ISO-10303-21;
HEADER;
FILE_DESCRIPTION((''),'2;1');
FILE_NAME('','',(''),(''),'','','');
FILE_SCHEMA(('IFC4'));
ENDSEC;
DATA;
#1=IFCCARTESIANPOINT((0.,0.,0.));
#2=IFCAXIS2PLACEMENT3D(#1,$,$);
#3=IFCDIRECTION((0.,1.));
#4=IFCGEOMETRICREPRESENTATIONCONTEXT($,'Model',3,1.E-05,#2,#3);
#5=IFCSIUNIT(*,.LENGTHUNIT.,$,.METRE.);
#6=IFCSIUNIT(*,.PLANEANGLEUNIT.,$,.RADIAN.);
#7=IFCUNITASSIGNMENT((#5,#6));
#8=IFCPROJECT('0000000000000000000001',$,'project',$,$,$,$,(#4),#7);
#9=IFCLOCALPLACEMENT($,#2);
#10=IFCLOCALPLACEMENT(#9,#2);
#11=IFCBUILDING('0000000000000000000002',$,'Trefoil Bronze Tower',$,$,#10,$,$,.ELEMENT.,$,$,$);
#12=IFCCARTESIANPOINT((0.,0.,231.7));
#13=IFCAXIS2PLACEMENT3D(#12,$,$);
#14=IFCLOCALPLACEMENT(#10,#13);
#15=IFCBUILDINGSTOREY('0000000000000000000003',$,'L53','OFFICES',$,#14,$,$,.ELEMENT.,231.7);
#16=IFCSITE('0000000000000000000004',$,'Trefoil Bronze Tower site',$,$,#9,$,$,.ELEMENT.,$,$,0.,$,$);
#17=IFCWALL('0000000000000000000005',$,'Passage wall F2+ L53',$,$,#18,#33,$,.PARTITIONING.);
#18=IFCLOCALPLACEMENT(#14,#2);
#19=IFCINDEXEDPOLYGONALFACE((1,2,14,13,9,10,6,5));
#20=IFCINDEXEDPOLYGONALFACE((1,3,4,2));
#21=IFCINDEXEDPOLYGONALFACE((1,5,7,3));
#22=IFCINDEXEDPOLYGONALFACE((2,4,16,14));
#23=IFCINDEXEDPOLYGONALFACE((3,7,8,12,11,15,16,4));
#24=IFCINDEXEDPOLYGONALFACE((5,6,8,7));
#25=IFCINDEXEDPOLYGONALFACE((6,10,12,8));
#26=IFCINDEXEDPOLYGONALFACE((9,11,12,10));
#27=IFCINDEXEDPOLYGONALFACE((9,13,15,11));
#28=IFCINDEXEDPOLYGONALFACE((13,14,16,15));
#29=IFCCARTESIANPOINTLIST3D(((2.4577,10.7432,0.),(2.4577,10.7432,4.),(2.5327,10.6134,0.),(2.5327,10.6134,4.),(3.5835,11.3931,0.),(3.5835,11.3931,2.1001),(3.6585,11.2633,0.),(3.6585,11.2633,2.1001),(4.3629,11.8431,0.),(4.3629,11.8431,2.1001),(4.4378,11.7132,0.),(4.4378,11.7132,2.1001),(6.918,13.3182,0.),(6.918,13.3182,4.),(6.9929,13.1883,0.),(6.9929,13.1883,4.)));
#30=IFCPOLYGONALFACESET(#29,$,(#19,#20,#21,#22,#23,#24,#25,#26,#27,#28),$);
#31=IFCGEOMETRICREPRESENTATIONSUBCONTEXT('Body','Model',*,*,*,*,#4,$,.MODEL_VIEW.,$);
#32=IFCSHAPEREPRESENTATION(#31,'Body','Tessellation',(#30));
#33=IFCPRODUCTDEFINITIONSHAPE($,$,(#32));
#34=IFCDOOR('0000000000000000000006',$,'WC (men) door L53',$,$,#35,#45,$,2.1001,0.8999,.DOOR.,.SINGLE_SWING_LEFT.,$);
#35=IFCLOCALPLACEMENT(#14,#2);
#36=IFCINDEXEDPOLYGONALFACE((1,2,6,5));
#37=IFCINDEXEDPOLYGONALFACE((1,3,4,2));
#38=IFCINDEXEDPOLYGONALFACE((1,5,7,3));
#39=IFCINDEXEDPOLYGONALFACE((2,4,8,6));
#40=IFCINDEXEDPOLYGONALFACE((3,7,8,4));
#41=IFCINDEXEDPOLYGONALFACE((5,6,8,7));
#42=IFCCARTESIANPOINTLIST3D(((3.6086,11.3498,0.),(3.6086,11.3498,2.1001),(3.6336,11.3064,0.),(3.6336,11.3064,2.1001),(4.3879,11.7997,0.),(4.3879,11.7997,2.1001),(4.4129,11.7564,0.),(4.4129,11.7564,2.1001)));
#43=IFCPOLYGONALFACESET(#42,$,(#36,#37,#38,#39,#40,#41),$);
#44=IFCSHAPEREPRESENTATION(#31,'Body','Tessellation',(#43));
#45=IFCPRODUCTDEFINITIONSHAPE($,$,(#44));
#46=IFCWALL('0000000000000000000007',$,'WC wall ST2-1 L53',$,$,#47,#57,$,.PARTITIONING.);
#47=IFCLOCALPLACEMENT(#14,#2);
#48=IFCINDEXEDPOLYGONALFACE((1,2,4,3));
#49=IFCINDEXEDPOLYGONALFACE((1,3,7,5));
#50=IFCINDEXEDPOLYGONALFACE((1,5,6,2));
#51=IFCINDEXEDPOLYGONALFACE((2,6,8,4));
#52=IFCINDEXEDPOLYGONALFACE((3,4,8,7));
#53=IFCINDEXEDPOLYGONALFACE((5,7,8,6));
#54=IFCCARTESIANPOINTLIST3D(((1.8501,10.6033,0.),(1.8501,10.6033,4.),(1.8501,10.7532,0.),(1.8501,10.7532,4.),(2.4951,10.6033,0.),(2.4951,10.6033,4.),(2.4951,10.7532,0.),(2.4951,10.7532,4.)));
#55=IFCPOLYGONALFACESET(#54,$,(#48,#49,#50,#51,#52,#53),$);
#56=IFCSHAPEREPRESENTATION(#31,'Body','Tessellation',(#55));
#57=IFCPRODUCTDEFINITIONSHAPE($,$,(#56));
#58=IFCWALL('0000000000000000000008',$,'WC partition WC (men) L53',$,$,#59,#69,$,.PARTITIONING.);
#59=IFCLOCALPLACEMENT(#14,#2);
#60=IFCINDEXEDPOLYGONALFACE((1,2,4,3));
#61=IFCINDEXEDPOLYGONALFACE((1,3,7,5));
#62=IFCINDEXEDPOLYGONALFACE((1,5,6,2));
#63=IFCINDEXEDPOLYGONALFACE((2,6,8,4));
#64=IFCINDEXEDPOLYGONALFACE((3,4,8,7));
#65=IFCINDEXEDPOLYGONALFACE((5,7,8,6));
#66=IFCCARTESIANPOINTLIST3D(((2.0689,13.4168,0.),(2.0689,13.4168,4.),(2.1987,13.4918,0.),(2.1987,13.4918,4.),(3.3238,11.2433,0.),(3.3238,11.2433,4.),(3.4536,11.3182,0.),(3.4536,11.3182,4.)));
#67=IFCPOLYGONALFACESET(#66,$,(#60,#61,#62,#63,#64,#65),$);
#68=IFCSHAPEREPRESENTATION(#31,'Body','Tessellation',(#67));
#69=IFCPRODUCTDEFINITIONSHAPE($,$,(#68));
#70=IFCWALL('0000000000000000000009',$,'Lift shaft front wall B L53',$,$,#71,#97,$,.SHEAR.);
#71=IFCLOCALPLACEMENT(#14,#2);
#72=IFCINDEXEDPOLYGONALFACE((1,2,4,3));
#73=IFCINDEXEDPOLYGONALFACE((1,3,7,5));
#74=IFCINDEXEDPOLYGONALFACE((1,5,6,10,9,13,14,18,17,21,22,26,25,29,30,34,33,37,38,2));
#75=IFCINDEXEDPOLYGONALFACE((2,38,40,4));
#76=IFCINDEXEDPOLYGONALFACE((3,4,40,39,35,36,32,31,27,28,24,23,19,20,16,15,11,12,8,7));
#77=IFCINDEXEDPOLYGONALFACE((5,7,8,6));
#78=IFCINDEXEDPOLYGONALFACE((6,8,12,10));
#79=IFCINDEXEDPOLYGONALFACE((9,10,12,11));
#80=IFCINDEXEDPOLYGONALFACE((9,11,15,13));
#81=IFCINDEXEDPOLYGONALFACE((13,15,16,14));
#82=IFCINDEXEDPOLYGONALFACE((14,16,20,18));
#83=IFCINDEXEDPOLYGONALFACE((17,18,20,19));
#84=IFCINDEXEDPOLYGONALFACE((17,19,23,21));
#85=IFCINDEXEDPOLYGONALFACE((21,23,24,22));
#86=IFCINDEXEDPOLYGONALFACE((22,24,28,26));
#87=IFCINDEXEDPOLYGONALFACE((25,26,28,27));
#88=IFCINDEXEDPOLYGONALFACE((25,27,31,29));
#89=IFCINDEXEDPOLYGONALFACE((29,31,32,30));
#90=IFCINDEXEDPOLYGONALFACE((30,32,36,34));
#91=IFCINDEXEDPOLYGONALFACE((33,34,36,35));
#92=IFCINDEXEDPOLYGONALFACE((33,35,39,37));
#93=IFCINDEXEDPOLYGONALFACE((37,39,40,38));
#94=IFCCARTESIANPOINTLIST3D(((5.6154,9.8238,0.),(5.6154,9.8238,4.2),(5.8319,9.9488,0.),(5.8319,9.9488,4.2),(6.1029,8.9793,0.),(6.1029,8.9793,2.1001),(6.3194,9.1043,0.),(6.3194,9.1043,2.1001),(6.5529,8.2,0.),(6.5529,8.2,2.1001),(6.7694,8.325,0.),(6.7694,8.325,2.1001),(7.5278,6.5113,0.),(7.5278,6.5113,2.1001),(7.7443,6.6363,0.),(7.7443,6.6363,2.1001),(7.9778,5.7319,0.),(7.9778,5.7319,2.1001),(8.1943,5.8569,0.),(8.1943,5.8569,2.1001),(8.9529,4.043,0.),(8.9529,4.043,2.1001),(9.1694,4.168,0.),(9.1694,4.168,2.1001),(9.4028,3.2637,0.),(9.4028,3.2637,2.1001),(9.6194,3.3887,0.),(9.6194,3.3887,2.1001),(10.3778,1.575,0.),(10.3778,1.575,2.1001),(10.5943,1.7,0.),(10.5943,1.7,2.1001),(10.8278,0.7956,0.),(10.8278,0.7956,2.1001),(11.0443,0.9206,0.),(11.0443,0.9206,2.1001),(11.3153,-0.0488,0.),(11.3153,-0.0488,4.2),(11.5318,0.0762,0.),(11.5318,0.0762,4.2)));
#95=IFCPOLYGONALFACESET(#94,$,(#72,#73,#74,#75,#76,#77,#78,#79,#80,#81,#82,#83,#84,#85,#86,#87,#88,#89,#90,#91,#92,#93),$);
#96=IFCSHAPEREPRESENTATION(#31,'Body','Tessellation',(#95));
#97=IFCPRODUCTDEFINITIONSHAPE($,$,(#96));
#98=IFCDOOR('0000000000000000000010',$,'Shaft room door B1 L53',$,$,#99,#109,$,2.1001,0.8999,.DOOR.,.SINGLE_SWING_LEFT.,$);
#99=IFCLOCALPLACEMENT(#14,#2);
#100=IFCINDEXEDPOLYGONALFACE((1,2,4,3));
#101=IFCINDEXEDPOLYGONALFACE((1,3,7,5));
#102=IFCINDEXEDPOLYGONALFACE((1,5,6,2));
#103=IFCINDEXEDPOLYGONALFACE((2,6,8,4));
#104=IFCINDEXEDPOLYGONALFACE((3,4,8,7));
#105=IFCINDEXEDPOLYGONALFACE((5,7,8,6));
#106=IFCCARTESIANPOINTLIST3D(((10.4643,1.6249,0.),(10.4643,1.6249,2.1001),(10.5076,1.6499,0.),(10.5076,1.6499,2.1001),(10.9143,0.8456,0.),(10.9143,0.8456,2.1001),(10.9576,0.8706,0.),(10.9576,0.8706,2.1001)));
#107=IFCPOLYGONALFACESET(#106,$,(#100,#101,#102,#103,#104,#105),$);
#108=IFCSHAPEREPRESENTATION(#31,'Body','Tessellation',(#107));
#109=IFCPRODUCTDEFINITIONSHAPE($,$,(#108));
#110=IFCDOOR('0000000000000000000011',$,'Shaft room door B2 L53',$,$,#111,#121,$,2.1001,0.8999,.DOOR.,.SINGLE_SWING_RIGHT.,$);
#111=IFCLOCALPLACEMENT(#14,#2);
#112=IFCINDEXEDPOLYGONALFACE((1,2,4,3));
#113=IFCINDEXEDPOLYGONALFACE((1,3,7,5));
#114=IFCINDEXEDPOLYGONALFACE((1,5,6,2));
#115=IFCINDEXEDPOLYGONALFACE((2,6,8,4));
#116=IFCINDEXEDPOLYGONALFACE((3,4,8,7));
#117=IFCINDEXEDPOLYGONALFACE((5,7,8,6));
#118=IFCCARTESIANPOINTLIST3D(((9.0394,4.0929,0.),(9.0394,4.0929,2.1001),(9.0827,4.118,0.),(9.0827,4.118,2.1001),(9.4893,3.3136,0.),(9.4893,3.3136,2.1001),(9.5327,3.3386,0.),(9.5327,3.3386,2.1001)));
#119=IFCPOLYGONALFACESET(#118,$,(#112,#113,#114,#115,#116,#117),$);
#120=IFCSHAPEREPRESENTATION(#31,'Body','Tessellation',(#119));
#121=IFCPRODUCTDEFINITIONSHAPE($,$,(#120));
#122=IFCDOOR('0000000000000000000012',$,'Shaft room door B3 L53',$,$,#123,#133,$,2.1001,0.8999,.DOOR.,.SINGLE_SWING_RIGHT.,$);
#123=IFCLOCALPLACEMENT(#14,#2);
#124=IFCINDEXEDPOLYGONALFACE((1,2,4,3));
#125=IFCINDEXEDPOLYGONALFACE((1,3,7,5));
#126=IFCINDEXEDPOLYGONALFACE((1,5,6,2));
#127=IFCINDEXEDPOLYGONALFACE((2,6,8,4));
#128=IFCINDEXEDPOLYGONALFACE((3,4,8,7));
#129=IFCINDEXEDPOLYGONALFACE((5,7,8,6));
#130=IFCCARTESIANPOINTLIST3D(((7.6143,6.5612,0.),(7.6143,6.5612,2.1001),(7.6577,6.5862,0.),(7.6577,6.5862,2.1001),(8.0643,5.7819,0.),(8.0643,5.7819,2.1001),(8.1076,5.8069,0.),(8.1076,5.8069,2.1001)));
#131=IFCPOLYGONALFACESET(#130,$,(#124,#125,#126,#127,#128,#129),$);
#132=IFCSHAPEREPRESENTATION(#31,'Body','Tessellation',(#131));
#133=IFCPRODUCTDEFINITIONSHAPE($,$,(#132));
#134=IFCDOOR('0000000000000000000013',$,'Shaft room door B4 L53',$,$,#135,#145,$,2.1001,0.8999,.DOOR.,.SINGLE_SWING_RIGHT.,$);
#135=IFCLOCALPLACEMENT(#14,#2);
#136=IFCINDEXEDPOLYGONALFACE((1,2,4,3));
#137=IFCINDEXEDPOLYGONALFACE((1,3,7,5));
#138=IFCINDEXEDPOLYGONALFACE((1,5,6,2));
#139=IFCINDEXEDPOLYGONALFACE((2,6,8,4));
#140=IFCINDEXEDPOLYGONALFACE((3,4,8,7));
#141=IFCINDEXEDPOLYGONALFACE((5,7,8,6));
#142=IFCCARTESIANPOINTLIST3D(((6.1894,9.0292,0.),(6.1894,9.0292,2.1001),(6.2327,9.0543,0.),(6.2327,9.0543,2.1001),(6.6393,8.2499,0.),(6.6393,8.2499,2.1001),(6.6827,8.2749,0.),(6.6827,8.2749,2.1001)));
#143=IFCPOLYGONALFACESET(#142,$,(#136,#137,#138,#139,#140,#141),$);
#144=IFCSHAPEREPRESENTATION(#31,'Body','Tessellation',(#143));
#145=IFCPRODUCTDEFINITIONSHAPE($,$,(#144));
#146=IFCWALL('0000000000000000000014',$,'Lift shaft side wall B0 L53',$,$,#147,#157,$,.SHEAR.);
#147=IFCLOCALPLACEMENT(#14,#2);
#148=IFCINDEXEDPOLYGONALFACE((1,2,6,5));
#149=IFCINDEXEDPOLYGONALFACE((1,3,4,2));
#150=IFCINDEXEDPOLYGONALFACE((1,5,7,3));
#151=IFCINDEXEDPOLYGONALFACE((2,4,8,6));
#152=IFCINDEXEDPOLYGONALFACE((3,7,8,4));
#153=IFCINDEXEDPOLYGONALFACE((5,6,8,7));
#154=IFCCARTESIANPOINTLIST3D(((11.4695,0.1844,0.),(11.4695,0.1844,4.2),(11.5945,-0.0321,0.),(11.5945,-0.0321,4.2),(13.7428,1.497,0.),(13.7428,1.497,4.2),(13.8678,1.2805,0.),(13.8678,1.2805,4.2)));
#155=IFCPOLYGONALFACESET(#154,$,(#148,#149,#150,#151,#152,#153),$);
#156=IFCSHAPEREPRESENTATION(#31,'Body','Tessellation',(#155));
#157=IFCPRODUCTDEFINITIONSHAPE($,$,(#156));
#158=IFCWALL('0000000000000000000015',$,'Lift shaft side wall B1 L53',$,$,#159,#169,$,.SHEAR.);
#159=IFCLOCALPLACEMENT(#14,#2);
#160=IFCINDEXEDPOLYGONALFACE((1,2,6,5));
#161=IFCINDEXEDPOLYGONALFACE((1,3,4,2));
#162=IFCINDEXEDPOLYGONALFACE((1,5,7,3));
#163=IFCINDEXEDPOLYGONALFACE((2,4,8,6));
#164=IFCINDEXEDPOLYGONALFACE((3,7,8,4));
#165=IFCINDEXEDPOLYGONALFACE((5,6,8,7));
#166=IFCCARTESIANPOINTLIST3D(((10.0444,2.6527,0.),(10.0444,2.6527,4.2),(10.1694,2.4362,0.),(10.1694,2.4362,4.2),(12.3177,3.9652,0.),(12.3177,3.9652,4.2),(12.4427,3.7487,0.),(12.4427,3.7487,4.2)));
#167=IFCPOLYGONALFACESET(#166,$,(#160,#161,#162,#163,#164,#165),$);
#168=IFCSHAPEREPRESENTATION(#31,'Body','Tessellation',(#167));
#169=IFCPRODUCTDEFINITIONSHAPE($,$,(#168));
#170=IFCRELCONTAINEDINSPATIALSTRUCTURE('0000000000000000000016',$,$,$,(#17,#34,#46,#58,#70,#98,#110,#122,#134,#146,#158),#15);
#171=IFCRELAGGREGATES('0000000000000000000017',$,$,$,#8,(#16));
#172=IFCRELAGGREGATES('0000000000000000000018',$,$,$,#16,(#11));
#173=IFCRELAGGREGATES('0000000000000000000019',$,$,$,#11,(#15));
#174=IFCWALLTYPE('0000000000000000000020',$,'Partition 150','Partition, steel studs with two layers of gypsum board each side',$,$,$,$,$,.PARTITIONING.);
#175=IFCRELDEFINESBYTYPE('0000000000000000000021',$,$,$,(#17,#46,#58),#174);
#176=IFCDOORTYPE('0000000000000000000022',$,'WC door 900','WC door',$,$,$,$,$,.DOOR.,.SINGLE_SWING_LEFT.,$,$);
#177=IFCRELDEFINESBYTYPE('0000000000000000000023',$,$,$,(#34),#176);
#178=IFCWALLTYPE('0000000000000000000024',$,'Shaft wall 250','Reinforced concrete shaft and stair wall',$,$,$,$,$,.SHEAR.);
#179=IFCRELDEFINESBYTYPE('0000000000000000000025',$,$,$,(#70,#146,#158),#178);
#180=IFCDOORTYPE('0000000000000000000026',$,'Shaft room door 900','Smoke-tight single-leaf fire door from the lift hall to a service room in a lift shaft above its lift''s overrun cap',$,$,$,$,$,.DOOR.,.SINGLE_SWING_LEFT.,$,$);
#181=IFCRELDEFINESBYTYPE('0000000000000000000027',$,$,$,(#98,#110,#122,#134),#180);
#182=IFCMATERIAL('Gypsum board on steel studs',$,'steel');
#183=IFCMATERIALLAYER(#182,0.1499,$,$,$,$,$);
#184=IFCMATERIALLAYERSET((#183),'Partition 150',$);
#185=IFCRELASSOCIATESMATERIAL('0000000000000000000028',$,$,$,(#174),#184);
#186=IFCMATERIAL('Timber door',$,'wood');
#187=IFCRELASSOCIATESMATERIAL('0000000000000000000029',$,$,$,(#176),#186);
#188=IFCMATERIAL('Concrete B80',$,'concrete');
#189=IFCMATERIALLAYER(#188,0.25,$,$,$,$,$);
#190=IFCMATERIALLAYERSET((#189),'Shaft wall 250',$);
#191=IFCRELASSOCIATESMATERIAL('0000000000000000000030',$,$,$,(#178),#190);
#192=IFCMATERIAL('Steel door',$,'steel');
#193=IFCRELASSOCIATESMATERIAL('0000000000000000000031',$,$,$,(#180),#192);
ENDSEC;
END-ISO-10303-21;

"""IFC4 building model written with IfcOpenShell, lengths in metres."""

from ifc_helpers import new_model, si_unit, direction, frame, frame_2d, origin, place, context, subcontext, project, spatial, rectangle, extrude, material, layer, layer_set, type_object, element, fill, save


model = new_model("IFC4")

# Units and contexts
model_context = context("Model", 3, precision=1e-05, world=origin(), true_north=direction((0.0, 1.0)))
body_context = subcontext(model_context, "Body", "Model", "MODEL_VIEW")
ifc_project = project(units=[si_unit("LENGTHUNIT", "METRE"), si_unit("PLANEANGLEUNIT", "RADIAN")], contexts=[model_context])

# Site, building, storey
site_placement = place(None, origin())
site = spatial("IfcSite", under=ifc_project, at=site_placement, Name="Trefoil Bronze Tower site", CompositionType="ELEMENT", RefElevation=0.0)
building_placement = place(site_placement, origin())
building = spatial("IfcBuilding", under=site, at=building_placement, Name="Trefoil Bronze Tower", CompositionType="ELEMENT")
storey_placement = place(building_placement, frame((0.0, 0.0, 231.7)))
storey = spatial("IfcBuildingStorey", under=building, at=storey_placement, Name="L53", Description="OFFICES", CompositionType="ELEMENT", Elevation=231.7)

# Wall, opening, door
ifc_material_1 = material(Name="Gypsum board on steel studs", Category="steel")
ifc_layer_1 = layer(ifc_material_1, 0.1499)
ifc_layer_set_1 = layer_set([ifc_layer_1], Name="Partition 150")
wall_type_1 = type_object("IfcWallType", Name="Partition 150", Description="Partition, steel studs with two layers of gypsum board each side", PredefinedType="PARTITIONING", material=ifc_layer_set_1)
wall_1_placement = place(storey_placement, frame((2.4951, 10.6782, 0.0), z_axis=(0.0, 0.0, 1.0), x_axis=(0.866038, 0.499978, 0.0)))
wall_1 = element("IfcWall", 1, at=wall_1_placement, inside=storey, type_object=wall_type_1, Name="Passage wall F2+ L53", PredefinedType="PARTITIONING", context=body_context, shape_type="SweptSolid", body=[
    extrude(rectangle(XDim=5.1501, YDim=0.1499, at=frame_2d((2.5752, 0.0))), origin(), (0.0, 0.0, 1.0), 4.0),
])
opening_1_placement = place(wall_1_placement, frame((1.3, 0.0, 0.0)))
opening_1 = element("IfcOpeningElement", 2, at=opening_1_placement, cuts=wall_1, PredefinedType="OPENING", context=body_context, shape_type="SweptSolid", body=[
    extrude(rectangle(XDim=0.8999, YDim=2.1001, at=frame_2d((0.45, 1.05))), frame((0.0, 0.085, 0.0), z_axis=(0.0, -1.0, 0.0), x_axis=(1.0, 0.0, 0.0)), (0.0, 0.0, 1.0), 0.1699),
])
ifc_material_2 = material(Name="Timber door", Category="wood")
door_type_1 = type_object("IfcDoorType", Name="WC door 900", Description="WC door", OperationType="SINGLE_SWING_LEFT", PredefinedType="DOOR", material=ifc_material_2)
door_1_placement = place(opening_1_placement, origin())
door_1 = element("IfcDoor", 3, at=door_1_placement, inside=storey, type_object=door_type_1, Name="WC (men) door L53", OperationType="SINGLE_SWING_LEFT", OverallHeight=2.1001, OverallWidth=0.8999, PredefinedType="DOOR", context=body_context, shape_type="SweptSolid", body=[
    extrude(rectangle(XDim=0.8999, YDim=2.1001, at=frame_2d((0.45, 1.05))), frame((0.0, 0.0249, 0.0), z_axis=(0.0, -1.0, 0.0), x_axis=(1.0, 0.0, 0.0)), (0.0, 0.0, 1.0), 0.05),
])
fill(opening_1, door_1)

# Walls
wall_2_placement = place(storey_placement, frame((2.4951, 10.6782, 0.0), z_axis=(0.0, 0.0, 1.0), x_axis=(-1.0, 0.0, 0.0)))
element("IfcWall", 4, at=wall_2_placement, inside=storey, type_object=wall_type_1, Name="WC wall ST2-1 L53", PredefinedType="PARTITIONING", context=body_context, shape_type="SweptSolid", body=[
    extrude(rectangle(XDim=0.645, YDim=0.1499, at=frame_2d((0.3225, 0.0))), origin(), (0.0, 0.0, 1.0), 4.0),
])
wall_3_placement = place(storey_placement, frame((3.3887, 11.2808, 0.0), z_axis=(0.0, 0.0, 1.0), x_axis=(-0.499989, 0.866032, 0.0)))
element("IfcWall", 5, at=wall_3_placement, inside=storey, type_object=wall_type_1, Name="WC partition WC (men) L53", PredefinedType="PARTITIONING", context=body_context, shape_type="SweptSolid", body=[
    extrude(rectangle(XDim=2.5098, YDim=0.1499, at=frame_2d((1.2549, 0.0))), origin(), (0.0, 0.0, 1.0), 4.0),
])

# Wall, openings, doors
ifc_material_3 = material(Name="Concrete B80", Category="concrete")
ifc_layer_2 = layer(ifc_material_3, 0.25)
ifc_layer_set_2 = layer_set([ifc_layer_2], Name="Shaft wall 250")
wall_type_2 = type_object("IfcWallType", Name="Shaft wall 250", Description="Reinforced concrete shaft and stair wall", PredefinedType="SHEAR", material=ifc_layer_set_2)
wall_4_placement = place(storey_placement, frame((11.4236, 0.0137, 0.0), z_axis=(0.0, 0.0, 1.0), x_axis=(-0.500002, 0.866024, 0.0)))
wall_4 = element("IfcWall", 6, at=wall_4_placement, inside=storey, type_object=wall_type_2, Name="Lift shaft front wall B L53", PredefinedType="SHEAR", context=body_context, shape_type="SweptSolid", body=[
    extrude(rectangle(XDim=11.3999, YDim=0.25, at=frame_2d((5.7, 0.0))), origin(), (0.0, 0.0, 1.0), 4.2),
])
opening_2_placement = place(wall_4_placement, frame((0.9751, 0.0, 0.0)))
opening_2 = element("IfcOpeningElement", 7, at=opening_2_placement, cuts=wall_4, PredefinedType="OPENING", context=body_context, shape_type="SweptSolid", body=[
    extrude(rectangle(XDim=0.8999, YDim=2.1001, at=frame_2d((0.45, 1.05))), frame((0.0, 0.135, 0.0), z_axis=(0.0, -1.0, 0.0), x_axis=(1.0, 0.0, 0.0)), (0.0, 0.0, 1.0), 0.27),
])
opening_3_placement = place(wall_4_placement, frame((3.825, 0.0, 0.0)))
opening_3 = element("IfcOpeningElement", 8, at=opening_3_placement, cuts=wall_4, PredefinedType="OPENING", context=body_context, shape_type="SweptSolid", body=[
    extrude(rectangle(XDim=0.8999, YDim=2.1001, at=frame_2d((0.45, 1.05))), frame((0.0, 0.135, 0.0), z_axis=(0.0, -1.0, 0.0), x_axis=(1.0, 0.0, 0.0)), (0.0, 0.0, 1.0), 0.27),
])
opening_4_placement = place(wall_4_placement, frame((6.675, 0.0, 0.0)))
opening_4 = element("IfcOpeningElement", 9, at=opening_4_placement, cuts=wall_4, PredefinedType="OPENING", context=body_context, shape_type="SweptSolid", body=[
    extrude(rectangle(XDim=0.8999, YDim=2.1001, at=frame_2d((0.45, 1.05))), frame((0.0, 0.135, 0.0), z_axis=(0.0, -1.0, 0.0), x_axis=(1.0, 0.0, 0.0)), (0.0, 0.0, 1.0), 0.27),
])
opening_5_placement = place(wall_4_placement, frame((9.5249, 0.0, 0.0)))
opening_5 = element("IfcOpeningElement", 10, at=opening_5_placement, cuts=wall_4, PredefinedType="OPENING", context=body_context, shape_type="SweptSolid", body=[
    extrude(rectangle(XDim=0.8999, YDim=2.1001, at=frame_2d((0.45, 1.05))), frame((0.0, 0.135, 0.0), z_axis=(0.0, -1.0, 0.0), x_axis=(1.0, 0.0, 0.0)), (0.0, 0.0, 1.0), 0.27),
])
ifc_material_4 = material(Name="Steel door", Category="steel")
door_type_2 = type_object("IfcDoorType", Name="Shaft room door 900", Description="Smoke-tight single-leaf fire door from the lift hall to a service room in a lift shaft above its lift's overrun cap", OperationType="SINGLE_SWING_LEFT", PredefinedType="DOOR", material=ifc_material_4)
door_2_placement = place(opening_2_placement, frame((0.8999, 0.0, 0.0), z_axis=(0.0, 0.0, 1.0), x_axis=(-1.0, 0.0, 0.0)))
door_2 = element("IfcDoor", 11, at=door_2_placement, inside=storey, type_object=door_type_2, Name="Shaft room door B1 L53", OperationType="SINGLE_SWING_LEFT", OverallHeight=2.1001, OverallWidth=0.8999, PredefinedType="DOOR", context=body_context, shape_type="SweptSolid", body=[
    extrude(rectangle(XDim=0.8999, YDim=2.1001, at=frame_2d((0.45, 1.05))), frame((0.0, 0.0249, 0.0), z_axis=(0.0, -1.0, 0.0), x_axis=(1.0, 0.0, 0.0)), (0.0, 0.0, 1.0), 0.05),
])
fill(opening_2, door_2)
door_3_placement = place(opening_3_placement, frame((0.8999, 0.0, 0.0), z_axis=(0.0, 0.0, 1.0), x_axis=(-1.0, 0.0, 0.0)))
door_3 = element("IfcDoor", 12, at=door_3_placement, inside=storey, type_object=door_type_2, Name="Shaft room door B2 L53", OperationType="SINGLE_SWING_RIGHT", OverallHeight=2.1001, OverallWidth=0.8999, PredefinedType="DOOR", context=body_context, shape_type="SweptSolid", body=[
    extrude(rectangle(XDim=0.8999, YDim=2.1001, at=frame_2d((0.45, 1.05))), frame((0.0, 0.0249, 0.0), z_axis=(0.0, -1.0, 0.0), x_axis=(1.0, 0.0, 0.0)), (0.0, 0.0, 1.0), 0.05),
])
fill(opening_3, door_3)
door_4_placement = place(opening_4_placement, frame((0.8999, 0.0, 0.0), z_axis=(0.0, 0.0, 1.0), x_axis=(-1.0, 0.0, 0.0)))
door_4 = element("IfcDoor", 13, at=door_4_placement, inside=storey, type_object=door_type_2, Name="Shaft room door B3 L53", OperationType="SINGLE_SWING_RIGHT", OverallHeight=2.1001, OverallWidth=0.8999, PredefinedType="DOOR", context=body_context, shape_type="SweptSolid", body=[
    extrude(rectangle(XDim=0.8999, YDim=2.1001, at=frame_2d((0.45, 1.05))), frame((0.0, 0.0249, 0.0), z_axis=(0.0, -1.0, 0.0), x_axis=(1.0, 0.0, 0.0)), (0.0, 0.0, 1.0), 0.05),
])
fill(opening_4, door_4)
door_5_placement = place(opening_5_placement, frame((0.8999, 0.0, 0.0), z_axis=(0.0, 0.0, 1.0), x_axis=(-1.0, 0.0, 0.0)))
door_5 = element("IfcDoor", 14, at=door_5_placement, inside=storey, type_object=door_type_2, Name="Shaft room door B4 L53", OperationType="SINGLE_SWING_RIGHT", OverallHeight=2.1001, OverallWidth=0.8999, PredefinedType="DOOR", context=body_context, shape_type="SweptSolid", body=[
    extrude(rectangle(XDim=0.8999, YDim=2.1001, at=frame_2d((0.45, 1.05))), frame((0.0, 0.0249, 0.0), z_axis=(0.0, -1.0, 0.0), x_axis=(1.0, 0.0, 0.0)), (0.0, 0.0, 1.0), 0.05),
])
fill(opening_5, door_5)

# Walls
for number, where, z_axis, x_axis, name in (
    (15, (11.532, 0.0762, 0.0), (0.0, 0.0, 1.0), (0.866014, 0.50002, 0.0), "Lift shaft side wall B0 L53"),
    (16, (10.1069, 2.5444, 0.0), (0.0, 0.0, 1.0), (0.866014, 0.50002, 0.0), "Lift shaft side wall B1 L53"),
):
    element("IfcWall", number, at=place(storey_placement, frame(where, z_axis=z_axis, x_axis=x_axis)), inside=storey, type_object=wall_type_2, Name=name, PredefinedType="SHEAR", context=body_context, shape_type="SweptSolid", body=[
        extrude(rectangle(XDim=2.625, YDim=0.25, at=frame_2d((1.3125, 0.0))), origin(), (0.0, 0.0, 1.0), 4.2),
    ])

save(model, "model.ifc")
